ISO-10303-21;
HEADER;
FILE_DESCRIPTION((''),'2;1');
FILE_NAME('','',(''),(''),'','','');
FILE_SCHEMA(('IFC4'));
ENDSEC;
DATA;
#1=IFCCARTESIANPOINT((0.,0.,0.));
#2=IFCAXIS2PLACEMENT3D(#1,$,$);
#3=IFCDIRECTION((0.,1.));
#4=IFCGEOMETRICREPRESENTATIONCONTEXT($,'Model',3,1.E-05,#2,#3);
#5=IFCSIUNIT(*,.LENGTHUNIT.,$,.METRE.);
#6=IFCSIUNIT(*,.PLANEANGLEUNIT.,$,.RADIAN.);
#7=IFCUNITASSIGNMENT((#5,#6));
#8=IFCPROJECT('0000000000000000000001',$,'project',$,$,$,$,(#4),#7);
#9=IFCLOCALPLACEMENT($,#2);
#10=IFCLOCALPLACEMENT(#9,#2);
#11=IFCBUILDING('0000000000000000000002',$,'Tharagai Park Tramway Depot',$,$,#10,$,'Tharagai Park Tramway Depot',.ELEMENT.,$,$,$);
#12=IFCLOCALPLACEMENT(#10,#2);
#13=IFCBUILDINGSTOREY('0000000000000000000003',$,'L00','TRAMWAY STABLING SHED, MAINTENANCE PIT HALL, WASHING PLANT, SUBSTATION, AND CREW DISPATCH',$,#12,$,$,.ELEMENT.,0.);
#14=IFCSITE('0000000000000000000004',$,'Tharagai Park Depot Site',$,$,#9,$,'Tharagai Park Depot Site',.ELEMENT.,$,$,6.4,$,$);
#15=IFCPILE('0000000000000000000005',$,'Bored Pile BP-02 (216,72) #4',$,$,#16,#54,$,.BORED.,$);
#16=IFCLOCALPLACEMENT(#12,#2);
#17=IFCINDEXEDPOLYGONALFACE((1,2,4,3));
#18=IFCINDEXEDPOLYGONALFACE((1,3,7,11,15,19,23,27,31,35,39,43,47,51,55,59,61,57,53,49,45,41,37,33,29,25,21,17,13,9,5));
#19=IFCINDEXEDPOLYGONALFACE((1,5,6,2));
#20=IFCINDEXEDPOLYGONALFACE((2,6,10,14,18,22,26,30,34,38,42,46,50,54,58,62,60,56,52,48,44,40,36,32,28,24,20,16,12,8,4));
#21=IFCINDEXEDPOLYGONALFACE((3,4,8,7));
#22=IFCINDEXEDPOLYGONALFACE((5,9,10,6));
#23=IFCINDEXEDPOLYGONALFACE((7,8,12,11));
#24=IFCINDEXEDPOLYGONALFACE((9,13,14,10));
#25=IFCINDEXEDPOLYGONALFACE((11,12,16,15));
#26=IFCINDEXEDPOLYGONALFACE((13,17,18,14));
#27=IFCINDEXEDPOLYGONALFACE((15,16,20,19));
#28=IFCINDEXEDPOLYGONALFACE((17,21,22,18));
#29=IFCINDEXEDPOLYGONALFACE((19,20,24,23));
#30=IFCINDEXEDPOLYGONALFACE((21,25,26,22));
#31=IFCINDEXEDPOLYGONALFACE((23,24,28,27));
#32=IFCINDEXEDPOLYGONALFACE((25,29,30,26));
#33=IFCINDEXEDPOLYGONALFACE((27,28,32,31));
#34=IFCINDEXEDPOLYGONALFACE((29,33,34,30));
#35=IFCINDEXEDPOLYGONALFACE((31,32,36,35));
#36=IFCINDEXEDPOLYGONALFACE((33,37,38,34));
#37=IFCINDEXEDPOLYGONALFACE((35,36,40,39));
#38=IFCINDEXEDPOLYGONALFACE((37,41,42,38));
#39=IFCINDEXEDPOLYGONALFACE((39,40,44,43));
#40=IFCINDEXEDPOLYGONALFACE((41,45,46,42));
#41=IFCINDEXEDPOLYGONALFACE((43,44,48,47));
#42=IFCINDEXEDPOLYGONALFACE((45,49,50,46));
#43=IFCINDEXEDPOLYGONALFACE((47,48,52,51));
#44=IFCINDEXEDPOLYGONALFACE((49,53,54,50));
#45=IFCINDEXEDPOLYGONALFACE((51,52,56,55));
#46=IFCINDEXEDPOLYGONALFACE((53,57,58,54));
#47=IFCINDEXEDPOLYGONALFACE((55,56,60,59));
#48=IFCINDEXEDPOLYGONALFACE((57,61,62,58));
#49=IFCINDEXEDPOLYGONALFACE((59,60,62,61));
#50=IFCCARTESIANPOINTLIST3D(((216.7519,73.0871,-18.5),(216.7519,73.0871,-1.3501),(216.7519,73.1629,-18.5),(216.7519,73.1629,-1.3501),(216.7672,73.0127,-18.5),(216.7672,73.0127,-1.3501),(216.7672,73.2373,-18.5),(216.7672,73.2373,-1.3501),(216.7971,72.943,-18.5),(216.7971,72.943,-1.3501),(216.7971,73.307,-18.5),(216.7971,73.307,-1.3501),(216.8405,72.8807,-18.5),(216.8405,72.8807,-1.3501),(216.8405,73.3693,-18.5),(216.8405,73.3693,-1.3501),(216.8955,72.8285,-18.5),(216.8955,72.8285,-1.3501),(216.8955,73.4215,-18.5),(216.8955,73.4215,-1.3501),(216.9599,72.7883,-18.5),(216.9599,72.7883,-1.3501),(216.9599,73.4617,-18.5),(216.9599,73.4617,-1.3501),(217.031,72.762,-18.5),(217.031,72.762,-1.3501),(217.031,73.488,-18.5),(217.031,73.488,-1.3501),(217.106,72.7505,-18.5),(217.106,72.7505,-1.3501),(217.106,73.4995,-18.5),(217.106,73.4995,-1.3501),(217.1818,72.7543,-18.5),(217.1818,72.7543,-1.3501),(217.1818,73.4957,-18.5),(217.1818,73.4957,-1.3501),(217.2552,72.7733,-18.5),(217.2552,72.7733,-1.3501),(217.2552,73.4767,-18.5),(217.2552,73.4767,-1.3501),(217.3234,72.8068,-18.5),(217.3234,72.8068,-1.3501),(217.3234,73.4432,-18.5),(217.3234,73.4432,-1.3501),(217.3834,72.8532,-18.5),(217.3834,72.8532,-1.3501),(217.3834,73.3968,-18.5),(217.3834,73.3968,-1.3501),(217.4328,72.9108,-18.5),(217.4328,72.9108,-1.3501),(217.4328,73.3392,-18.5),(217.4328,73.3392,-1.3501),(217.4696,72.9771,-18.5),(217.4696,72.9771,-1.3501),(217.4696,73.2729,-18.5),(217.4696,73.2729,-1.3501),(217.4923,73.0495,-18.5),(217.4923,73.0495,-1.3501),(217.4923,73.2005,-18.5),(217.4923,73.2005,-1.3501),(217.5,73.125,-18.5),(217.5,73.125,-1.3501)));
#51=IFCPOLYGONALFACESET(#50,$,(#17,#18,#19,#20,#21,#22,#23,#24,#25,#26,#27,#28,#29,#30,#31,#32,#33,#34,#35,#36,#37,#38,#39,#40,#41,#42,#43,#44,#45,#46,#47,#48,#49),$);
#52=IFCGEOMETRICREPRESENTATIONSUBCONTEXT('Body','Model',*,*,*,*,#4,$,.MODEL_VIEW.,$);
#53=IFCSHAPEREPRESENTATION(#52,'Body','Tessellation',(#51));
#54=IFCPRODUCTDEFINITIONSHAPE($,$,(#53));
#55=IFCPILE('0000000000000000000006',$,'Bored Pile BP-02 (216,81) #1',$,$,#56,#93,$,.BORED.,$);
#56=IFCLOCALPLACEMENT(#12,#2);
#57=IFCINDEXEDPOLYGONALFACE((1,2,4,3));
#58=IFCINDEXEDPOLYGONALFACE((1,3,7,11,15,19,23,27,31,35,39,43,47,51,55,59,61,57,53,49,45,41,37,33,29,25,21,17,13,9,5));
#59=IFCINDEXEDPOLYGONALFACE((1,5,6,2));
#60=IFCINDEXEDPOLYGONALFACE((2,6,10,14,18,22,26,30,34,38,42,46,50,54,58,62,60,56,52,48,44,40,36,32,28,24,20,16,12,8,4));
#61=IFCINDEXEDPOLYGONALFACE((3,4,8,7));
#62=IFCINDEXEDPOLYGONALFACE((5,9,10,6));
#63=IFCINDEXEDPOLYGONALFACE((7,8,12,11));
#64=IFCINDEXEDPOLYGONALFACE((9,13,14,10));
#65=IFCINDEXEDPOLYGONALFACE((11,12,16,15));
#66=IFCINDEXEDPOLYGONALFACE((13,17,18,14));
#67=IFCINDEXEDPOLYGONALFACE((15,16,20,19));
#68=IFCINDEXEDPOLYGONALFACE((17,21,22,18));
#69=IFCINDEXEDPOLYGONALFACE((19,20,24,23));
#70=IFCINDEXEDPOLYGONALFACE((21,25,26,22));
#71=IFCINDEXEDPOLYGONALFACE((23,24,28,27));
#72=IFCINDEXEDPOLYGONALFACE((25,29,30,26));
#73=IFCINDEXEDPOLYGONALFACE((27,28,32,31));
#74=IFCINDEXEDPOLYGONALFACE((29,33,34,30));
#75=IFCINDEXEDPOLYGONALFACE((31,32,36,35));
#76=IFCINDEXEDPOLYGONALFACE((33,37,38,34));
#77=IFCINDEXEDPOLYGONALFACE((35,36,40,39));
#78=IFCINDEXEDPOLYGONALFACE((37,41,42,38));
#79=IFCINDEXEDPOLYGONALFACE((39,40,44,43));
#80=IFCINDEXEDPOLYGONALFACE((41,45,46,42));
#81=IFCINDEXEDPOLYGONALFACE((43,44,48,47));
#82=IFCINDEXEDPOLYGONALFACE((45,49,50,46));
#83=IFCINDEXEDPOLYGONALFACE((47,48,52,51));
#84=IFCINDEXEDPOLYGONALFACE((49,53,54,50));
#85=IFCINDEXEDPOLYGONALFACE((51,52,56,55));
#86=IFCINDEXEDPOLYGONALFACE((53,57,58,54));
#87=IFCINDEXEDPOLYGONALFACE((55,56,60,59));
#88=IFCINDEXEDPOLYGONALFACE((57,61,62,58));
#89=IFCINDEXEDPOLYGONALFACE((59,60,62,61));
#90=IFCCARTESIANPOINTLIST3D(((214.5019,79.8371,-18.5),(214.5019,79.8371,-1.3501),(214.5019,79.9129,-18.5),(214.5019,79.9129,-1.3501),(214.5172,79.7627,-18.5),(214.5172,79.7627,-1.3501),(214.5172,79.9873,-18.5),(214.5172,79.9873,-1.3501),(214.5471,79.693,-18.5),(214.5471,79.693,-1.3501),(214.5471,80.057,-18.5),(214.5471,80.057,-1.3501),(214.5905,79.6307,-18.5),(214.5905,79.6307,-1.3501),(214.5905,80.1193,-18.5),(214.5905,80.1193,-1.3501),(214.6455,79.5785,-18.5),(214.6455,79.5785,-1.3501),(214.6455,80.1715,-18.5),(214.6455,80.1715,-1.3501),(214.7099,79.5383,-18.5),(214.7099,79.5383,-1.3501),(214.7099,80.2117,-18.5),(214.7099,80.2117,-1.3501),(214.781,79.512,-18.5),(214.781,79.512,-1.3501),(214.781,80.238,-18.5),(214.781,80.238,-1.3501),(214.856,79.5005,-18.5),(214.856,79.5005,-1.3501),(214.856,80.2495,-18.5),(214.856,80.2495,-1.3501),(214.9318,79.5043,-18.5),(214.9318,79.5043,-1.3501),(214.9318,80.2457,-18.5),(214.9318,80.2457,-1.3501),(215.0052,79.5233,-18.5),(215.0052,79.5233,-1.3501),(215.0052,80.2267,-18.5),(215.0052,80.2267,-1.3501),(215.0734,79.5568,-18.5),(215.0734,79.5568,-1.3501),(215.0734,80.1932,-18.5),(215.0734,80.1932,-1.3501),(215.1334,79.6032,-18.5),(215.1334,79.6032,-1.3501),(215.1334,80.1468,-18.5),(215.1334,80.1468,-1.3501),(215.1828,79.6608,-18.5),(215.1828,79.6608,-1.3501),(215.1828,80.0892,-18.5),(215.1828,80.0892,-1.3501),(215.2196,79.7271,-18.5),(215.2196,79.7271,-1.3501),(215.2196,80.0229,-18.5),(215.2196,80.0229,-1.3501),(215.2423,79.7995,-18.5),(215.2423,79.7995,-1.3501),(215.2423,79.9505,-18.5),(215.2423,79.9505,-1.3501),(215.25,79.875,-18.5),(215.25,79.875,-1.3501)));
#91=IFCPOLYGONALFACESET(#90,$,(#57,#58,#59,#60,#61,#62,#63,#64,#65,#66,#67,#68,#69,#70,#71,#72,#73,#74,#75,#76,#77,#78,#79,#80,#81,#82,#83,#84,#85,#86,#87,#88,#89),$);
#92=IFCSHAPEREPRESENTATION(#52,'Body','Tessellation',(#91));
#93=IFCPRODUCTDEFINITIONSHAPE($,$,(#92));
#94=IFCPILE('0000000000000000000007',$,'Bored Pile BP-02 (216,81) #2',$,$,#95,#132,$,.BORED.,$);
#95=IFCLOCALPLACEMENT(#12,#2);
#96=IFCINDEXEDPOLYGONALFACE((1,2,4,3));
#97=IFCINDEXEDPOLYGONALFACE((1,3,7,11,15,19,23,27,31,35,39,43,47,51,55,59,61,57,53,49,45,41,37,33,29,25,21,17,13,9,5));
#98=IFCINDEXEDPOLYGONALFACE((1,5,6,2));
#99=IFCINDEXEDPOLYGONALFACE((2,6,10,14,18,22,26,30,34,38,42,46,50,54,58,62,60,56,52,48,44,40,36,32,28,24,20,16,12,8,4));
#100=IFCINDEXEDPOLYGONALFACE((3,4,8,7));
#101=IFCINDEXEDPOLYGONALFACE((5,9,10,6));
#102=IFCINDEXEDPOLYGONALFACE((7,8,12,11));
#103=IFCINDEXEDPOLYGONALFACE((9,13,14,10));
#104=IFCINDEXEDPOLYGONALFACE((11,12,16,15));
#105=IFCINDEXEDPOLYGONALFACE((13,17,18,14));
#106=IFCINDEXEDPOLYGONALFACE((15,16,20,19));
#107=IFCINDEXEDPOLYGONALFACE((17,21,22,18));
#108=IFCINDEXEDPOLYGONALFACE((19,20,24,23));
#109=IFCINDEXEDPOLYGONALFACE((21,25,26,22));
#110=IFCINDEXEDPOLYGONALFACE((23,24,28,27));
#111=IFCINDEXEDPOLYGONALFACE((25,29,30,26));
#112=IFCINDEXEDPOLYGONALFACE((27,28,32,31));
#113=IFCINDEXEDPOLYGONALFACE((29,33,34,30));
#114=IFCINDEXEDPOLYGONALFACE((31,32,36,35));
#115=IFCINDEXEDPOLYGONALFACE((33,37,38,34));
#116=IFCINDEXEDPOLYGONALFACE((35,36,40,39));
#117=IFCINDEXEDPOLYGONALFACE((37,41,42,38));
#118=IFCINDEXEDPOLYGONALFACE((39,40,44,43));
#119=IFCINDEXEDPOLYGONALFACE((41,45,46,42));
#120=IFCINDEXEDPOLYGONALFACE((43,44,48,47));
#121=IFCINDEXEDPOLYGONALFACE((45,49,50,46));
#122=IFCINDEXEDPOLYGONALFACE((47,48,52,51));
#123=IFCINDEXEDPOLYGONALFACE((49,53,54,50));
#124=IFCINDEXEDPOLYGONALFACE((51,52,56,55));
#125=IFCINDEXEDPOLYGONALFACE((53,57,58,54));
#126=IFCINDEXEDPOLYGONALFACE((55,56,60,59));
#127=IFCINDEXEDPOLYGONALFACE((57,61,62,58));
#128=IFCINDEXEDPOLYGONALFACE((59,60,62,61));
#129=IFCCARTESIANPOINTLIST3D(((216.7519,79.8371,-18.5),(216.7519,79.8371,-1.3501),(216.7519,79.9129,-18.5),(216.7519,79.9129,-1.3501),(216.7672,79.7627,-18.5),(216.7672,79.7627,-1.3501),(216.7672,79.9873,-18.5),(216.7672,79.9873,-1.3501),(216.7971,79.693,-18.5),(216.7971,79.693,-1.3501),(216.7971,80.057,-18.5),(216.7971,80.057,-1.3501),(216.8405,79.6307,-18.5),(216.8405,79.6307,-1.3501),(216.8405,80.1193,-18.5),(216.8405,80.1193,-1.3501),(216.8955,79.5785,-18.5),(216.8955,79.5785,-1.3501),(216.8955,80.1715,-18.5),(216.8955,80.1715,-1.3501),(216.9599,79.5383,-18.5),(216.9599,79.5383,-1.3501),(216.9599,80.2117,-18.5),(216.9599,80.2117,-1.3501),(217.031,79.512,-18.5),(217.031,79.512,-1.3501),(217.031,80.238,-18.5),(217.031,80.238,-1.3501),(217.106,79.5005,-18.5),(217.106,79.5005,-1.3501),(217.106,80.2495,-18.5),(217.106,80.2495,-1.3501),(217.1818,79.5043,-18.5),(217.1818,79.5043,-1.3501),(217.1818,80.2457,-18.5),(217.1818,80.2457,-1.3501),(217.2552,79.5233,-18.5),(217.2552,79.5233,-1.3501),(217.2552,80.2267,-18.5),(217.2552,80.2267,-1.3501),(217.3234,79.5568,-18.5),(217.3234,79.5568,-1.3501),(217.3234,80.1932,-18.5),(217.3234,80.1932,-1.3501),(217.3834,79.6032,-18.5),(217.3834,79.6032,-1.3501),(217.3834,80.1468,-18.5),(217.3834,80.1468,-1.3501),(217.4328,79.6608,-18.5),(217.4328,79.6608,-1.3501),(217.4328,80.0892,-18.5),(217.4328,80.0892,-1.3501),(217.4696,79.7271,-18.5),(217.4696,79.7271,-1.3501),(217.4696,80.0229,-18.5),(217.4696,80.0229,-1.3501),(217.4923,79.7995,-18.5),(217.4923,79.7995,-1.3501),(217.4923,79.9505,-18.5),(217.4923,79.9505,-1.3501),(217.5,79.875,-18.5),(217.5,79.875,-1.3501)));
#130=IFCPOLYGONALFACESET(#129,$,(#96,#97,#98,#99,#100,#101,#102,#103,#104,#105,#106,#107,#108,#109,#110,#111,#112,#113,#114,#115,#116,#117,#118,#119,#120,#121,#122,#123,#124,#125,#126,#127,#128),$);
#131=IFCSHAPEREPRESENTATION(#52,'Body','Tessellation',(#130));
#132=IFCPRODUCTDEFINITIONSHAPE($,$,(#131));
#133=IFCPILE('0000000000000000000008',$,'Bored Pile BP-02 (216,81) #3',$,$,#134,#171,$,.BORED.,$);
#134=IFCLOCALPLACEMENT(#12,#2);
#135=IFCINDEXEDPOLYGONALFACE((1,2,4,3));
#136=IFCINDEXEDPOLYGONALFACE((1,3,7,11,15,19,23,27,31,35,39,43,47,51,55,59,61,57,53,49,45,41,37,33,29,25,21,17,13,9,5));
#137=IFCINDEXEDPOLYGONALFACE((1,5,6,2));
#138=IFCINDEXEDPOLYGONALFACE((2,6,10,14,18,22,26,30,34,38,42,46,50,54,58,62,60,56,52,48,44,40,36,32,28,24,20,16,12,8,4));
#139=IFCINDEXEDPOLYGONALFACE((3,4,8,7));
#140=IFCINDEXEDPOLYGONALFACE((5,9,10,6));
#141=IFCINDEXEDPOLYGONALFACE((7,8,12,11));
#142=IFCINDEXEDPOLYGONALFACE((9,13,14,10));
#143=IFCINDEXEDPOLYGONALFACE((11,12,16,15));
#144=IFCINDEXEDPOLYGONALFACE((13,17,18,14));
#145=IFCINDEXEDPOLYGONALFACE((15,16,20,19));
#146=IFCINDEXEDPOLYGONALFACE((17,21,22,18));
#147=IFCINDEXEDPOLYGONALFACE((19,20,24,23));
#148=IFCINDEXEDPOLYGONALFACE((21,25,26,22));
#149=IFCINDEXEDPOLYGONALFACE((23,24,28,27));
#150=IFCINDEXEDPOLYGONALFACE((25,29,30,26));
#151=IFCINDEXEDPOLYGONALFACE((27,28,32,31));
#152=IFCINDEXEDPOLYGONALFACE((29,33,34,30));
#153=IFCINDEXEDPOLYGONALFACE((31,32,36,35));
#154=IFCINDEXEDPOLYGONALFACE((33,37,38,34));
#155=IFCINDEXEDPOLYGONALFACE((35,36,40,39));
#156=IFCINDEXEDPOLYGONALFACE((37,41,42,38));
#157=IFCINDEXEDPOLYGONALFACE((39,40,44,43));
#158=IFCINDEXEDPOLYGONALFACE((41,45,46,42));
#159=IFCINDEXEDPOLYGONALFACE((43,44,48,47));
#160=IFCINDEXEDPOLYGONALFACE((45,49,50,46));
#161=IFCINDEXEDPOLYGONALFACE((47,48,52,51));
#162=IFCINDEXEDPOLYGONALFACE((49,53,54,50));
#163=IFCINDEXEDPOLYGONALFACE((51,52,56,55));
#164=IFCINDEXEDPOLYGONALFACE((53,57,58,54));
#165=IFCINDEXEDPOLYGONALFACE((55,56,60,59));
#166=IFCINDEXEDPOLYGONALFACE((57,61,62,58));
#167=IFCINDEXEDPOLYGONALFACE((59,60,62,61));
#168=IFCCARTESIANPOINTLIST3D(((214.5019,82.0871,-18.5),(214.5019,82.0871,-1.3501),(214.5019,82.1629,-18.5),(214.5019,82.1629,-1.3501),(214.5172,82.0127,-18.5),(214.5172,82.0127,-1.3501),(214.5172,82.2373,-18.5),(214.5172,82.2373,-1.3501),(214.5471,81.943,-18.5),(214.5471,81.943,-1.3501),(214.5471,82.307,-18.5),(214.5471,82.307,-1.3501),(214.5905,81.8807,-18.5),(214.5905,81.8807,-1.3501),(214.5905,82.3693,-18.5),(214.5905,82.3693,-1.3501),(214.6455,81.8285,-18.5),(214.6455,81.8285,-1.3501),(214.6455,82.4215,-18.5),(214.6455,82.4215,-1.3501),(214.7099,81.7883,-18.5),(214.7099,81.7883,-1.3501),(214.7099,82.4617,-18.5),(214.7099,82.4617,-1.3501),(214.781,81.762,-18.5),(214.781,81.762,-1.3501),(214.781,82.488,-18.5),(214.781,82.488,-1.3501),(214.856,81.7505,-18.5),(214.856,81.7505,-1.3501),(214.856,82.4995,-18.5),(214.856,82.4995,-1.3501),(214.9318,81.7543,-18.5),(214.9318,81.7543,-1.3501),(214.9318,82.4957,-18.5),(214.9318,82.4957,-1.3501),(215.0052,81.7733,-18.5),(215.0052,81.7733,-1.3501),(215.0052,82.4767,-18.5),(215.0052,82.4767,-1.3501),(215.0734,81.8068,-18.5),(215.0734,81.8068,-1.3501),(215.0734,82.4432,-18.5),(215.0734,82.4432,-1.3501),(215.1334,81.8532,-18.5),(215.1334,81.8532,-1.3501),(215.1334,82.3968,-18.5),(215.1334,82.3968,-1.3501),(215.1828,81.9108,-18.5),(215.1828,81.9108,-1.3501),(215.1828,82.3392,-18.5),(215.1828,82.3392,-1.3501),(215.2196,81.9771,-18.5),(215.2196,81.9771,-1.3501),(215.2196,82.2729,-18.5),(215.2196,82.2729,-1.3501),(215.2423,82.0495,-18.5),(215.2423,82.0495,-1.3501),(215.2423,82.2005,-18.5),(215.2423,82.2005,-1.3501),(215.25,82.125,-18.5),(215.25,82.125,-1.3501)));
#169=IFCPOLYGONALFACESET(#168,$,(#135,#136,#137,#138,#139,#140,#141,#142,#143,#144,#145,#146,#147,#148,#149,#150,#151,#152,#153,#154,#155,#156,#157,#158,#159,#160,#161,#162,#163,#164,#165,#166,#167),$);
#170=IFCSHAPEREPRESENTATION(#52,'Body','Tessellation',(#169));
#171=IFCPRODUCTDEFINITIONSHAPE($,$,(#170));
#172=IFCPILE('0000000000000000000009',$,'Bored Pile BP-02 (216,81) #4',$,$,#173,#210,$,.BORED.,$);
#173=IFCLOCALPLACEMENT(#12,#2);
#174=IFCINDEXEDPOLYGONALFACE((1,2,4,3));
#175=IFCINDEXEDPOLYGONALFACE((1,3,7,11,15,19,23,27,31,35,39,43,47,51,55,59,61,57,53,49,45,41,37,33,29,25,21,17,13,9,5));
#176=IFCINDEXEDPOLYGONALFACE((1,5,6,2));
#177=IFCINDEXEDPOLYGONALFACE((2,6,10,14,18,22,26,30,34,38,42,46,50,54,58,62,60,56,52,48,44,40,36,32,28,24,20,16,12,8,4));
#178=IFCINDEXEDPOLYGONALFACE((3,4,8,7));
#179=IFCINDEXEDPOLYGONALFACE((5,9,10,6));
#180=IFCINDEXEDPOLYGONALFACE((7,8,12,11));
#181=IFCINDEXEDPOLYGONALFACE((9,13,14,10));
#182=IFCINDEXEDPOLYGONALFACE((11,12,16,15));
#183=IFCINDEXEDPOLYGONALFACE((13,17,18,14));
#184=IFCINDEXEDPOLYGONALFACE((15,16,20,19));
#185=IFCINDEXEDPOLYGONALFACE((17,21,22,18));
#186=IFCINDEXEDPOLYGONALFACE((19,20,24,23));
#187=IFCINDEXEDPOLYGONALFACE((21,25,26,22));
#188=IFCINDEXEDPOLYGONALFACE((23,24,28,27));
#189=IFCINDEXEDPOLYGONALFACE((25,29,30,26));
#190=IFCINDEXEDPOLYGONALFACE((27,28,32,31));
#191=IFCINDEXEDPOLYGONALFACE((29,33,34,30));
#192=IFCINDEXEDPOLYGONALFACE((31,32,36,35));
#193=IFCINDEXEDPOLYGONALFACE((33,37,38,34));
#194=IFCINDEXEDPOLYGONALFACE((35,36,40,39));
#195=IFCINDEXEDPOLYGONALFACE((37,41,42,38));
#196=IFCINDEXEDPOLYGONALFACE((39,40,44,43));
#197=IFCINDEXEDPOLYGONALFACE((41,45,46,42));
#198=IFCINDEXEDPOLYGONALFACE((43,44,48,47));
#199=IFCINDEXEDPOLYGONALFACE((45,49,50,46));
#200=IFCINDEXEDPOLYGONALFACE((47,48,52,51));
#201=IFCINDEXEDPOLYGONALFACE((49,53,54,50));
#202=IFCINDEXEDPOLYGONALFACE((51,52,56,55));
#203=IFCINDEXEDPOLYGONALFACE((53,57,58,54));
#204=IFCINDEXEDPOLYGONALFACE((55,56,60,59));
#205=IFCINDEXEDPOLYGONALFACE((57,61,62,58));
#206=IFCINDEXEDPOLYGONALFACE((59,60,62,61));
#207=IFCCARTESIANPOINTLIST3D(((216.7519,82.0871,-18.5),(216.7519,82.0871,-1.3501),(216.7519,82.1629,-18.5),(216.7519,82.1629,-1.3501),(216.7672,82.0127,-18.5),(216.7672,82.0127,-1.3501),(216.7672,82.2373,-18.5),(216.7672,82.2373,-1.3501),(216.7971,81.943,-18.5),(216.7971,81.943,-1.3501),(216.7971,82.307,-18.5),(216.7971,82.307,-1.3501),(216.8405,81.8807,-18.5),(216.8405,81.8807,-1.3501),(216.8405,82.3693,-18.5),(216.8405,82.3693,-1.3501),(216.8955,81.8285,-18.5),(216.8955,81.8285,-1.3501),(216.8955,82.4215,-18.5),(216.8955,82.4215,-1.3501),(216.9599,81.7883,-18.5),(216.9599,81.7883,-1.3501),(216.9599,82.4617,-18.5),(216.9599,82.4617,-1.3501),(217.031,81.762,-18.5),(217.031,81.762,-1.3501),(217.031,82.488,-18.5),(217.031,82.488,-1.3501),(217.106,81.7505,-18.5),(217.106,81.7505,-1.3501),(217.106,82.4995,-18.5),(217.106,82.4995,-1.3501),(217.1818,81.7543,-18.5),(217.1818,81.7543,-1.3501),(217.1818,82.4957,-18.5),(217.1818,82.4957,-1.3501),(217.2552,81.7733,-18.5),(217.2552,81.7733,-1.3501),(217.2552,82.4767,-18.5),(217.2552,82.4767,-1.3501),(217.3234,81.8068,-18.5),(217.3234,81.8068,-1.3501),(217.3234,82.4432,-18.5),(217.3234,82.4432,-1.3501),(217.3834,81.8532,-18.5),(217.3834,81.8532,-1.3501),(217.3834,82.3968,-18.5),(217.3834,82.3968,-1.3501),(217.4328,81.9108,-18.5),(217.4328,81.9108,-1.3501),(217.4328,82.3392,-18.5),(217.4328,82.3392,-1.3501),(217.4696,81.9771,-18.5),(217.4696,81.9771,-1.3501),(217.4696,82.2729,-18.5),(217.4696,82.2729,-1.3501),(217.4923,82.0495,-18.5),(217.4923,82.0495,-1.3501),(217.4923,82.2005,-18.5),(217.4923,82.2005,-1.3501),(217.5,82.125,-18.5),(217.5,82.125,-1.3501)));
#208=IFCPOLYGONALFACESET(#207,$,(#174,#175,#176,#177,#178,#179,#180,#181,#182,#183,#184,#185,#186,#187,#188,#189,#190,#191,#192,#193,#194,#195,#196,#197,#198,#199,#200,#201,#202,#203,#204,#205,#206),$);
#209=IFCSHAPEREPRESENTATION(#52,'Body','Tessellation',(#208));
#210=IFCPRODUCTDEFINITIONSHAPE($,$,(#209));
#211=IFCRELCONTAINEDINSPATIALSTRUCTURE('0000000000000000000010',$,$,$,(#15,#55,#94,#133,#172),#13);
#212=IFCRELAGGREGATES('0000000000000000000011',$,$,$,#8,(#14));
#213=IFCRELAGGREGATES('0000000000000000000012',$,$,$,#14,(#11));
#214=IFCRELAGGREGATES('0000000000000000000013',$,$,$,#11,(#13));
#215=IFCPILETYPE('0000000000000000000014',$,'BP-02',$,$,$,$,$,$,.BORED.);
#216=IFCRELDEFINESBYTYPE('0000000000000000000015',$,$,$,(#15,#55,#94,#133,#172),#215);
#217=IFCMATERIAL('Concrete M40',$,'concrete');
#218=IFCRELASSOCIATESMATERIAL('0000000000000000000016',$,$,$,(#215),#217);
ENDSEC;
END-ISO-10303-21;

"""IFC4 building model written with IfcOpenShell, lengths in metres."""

from ifc_helpers import new_model, si_unit, direction, frame, origin, origin_2d, place, context, subcontext, project, spatial, circle, extrude, material, material_profile, profile_set, type_object, element, save


model = new_model("IFC4")

# Units and contexts
model_context = context("Model", 3, precision=1e-05, world=origin(), true_north=direction((0.0, 1.0)))
body_context = subcontext(model_context, "Body", "Model", "MODEL_VIEW")
ifc_project = project(units=[si_unit("LENGTHUNIT", "METRE"), si_unit("PLANEANGLEUNIT", "RADIAN")], contexts=[model_context])

# Site, building, storey
site_placement = place(None, origin())
site = spatial("IfcSite", under=ifc_project, at=site_placement, Name="Tharagai Park Depot Site", LongName="Tharagai Park Depot Site", CompositionType="ELEMENT", RefElevation=6.4)
building_placement = place(site_placement, origin())
building = spatial("IfcBuilding", under=site, at=building_placement, Name="Tharagai Park Tramway Depot", LongName="Tharagai Park Tramway Depot", CompositionType="ELEMENT")
storey_placement = place(building_placement, origin())
storey = spatial("IfcBuildingStorey", under=building, at=storey_placement, Name="L00", Description="TRAMWAY STABLING SHED, MAINTENANCE PIT HALL, WASHING PLANT, SUBSTATION, AND CREW DISPATCH", CompositionType="ELEMENT", Elevation=0.0)

# Piles
ifc_material_1 = material(Name="Concrete M40", Category="concrete")
ifc_material_profile_1 = material_profile(ifc_material_1, circle(Radius=0.375, at=origin_2d()), Name="PILE D750")
ifc_profile_set_1 = profile_set([ifc_material_profile_1], Name="Concrete M40")
pile_type_1 = type_object("IfcPileType", Name="BP-02", PredefinedType="BORED", material=ifc_profile_set_1)
for number, where, z_axis, x_axis, name in (
    (1, (217.125, 73.125, -1.3501), (0.0, 0.0, -1.0), (1.0, 0.0, 0.0), "Bored Pile BP-02 (216,72) #4"),
    (2, (214.875, 79.875, -1.3501), (0.0, 0.0, -1.0), (1.0, 0.0, 0.0), "Bored Pile BP-02 (216,81) #1"),
    (3, (217.125, 79.875, -1.3501), (0.0, 0.0, -1.0), (1.0, 0.0, 0.0), "Bored Pile BP-02 (216,81) #2"),
    (4, (214.875, 82.125, -1.3501), (0.0, 0.0, -1.0), (1.0, 0.0, 0.0), "Bored Pile BP-02 (216,81) #3"),
    (5, (217.125, 82.125, -1.3501), (0.0, 0.0, -1.0), (1.0, 0.0, 0.0), "Bored Pile BP-02 (216,81) #4"),
):
    element("IfcPile", number, at=place(storey_placement, frame(where, z_axis=z_axis, x_axis=x_axis)), inside=storey, type_object=pile_type_1, Name=name, PredefinedType="BORED", context=body_context, shape_type="SweptSolid", body=[
        extrude(circle(Radius=0.375, at=origin_2d()), origin(), (0.0, 0.0, 1.0), 17.1499),
    ])

save(model, "model.ifc")
